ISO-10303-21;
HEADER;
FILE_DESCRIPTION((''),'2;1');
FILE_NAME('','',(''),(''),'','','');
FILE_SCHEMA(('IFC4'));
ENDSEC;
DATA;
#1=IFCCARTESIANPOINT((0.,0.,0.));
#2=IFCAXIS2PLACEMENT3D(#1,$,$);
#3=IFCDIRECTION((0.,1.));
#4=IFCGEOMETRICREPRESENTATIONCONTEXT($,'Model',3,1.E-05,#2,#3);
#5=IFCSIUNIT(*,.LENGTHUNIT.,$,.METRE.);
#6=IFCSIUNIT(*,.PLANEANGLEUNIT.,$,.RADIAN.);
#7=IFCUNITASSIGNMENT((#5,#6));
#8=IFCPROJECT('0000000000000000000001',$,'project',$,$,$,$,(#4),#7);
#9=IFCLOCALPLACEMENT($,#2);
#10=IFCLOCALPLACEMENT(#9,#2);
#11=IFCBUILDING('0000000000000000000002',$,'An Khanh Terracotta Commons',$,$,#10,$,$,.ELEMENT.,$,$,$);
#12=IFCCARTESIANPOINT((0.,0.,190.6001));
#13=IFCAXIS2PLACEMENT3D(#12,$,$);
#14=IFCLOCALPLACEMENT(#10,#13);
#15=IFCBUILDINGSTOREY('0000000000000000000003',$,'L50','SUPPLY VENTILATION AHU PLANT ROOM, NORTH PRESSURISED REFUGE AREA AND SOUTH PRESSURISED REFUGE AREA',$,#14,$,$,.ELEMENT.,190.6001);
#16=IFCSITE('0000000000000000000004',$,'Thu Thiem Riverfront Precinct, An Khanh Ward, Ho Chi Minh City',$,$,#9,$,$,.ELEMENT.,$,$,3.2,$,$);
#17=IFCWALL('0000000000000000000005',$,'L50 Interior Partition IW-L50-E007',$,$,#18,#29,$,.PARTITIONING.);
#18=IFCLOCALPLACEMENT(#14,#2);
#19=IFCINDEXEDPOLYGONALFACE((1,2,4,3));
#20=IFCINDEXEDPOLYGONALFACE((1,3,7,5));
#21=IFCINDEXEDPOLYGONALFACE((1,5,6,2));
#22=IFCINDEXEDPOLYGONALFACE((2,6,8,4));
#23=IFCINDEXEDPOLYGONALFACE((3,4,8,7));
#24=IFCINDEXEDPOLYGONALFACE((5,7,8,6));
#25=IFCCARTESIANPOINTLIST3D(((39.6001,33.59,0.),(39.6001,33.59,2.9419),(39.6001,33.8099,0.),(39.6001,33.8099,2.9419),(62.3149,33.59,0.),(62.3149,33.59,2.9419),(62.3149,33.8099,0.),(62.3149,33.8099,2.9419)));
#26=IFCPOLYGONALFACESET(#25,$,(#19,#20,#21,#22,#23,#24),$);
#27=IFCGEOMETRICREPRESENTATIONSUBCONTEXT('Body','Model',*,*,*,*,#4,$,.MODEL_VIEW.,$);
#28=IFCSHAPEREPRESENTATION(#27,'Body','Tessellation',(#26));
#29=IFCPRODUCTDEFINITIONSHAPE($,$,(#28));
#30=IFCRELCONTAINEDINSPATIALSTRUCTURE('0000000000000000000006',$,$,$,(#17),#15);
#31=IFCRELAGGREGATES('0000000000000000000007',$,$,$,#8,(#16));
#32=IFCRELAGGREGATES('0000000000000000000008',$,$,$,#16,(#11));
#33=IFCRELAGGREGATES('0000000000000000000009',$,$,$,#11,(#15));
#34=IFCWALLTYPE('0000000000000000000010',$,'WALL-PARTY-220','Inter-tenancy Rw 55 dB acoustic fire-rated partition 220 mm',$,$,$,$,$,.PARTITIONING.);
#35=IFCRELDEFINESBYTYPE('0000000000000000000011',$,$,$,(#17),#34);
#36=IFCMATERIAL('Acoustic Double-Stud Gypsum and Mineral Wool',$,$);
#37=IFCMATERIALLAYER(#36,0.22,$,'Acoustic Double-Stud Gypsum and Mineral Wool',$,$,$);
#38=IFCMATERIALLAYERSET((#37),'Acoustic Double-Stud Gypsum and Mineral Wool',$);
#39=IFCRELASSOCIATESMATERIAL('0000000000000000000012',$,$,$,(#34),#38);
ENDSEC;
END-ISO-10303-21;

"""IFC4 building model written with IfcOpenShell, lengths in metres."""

from ifc_helpers import new_model, si_unit, direction, frame, frame_2d, origin, place, context, subcontext, project, spatial, rectangle, extrude, material, layer, layer_set, type_object, element, save


model = new_model("IFC4")

# Units and contexts
model_context = context("Model", 3, precision=1e-05, world=origin(), true_north=direction((0.0, 1.0)))
body_context = subcontext(model_context, "Body", "Model", "MODEL_VIEW")
ifc_project = project(units=[si_unit("LENGTHUNIT", "METRE"), si_unit("PLANEANGLEUNIT", "RADIAN")], contexts=[model_context])

# Site, building, storey
site_placement = place(None, origin())
site = spatial("IfcSite", under=ifc_project, at=site_placement, Name="Thu Thiem Riverfront Precinct, An Khanh Ward, Ho Chi Minh City", CompositionType="ELEMENT", RefElevation=3.2)
building_placement = place(site_placement, origin())
building = spatial("IfcBuilding", under=site, at=building_placement, Name="An Khanh Terracotta Commons", CompositionType="ELEMENT")
storey_placement = place(building_placement, frame((0.0, 0.0, 190.6001)))
storey = spatial("IfcBuildingStorey", under=building, at=storey_placement, Name="L50", Description="SUPPLY VENTILATION AHU PLANT ROOM, NORTH PRESSURISED REFUGE AREA AND SOUTH PRESSURISED REFUGE AREA", CompositionType="ELEMENT", Elevation=190.6001)

# Wall
ifc_material_1 = material(Name="Acoustic Double-Stud Gypsum and Mineral Wool")
ifc_layer_1 = layer(ifc_material_1, 0.22, Name="Acoustic Double-Stud Gypsum and Mineral Wool")
ifc_layer_set_1 = layer_set([ifc_layer_1], Name="Acoustic Double-Stud Gypsum and Mineral Wool")
wall_type_1 = type_object("IfcWallType", Name="WALL-PARTY-220", Description="Inter-tenancy Rw 55 dB acoustic fire-rated partition 220 mm", PredefinedType="PARTITIONING", material=ifc_layer_set_1)
wall_1_placement = place(storey_placement, frame((39.6001, 33.7, 0.0), z_axis=(0.0, 0.0, 1.0), x_axis=(1.0, 0.0, 0.0)))
element("IfcWall", 1, at=wall_1_placement, inside=storey, type_object=wall_type_1, Name="L50 Interior Partition IW-L50-E007", PredefinedType="PARTITIONING", context=body_context, shape_type="SweptSolid", body=[
    extrude(rectangle(XDim=22.7148, YDim=0.22, at=frame_2d((11.3574, 0.0))), origin(), (0.0, 0.0, 1.0), 2.9419),
])

save(model, "model.ifc")
